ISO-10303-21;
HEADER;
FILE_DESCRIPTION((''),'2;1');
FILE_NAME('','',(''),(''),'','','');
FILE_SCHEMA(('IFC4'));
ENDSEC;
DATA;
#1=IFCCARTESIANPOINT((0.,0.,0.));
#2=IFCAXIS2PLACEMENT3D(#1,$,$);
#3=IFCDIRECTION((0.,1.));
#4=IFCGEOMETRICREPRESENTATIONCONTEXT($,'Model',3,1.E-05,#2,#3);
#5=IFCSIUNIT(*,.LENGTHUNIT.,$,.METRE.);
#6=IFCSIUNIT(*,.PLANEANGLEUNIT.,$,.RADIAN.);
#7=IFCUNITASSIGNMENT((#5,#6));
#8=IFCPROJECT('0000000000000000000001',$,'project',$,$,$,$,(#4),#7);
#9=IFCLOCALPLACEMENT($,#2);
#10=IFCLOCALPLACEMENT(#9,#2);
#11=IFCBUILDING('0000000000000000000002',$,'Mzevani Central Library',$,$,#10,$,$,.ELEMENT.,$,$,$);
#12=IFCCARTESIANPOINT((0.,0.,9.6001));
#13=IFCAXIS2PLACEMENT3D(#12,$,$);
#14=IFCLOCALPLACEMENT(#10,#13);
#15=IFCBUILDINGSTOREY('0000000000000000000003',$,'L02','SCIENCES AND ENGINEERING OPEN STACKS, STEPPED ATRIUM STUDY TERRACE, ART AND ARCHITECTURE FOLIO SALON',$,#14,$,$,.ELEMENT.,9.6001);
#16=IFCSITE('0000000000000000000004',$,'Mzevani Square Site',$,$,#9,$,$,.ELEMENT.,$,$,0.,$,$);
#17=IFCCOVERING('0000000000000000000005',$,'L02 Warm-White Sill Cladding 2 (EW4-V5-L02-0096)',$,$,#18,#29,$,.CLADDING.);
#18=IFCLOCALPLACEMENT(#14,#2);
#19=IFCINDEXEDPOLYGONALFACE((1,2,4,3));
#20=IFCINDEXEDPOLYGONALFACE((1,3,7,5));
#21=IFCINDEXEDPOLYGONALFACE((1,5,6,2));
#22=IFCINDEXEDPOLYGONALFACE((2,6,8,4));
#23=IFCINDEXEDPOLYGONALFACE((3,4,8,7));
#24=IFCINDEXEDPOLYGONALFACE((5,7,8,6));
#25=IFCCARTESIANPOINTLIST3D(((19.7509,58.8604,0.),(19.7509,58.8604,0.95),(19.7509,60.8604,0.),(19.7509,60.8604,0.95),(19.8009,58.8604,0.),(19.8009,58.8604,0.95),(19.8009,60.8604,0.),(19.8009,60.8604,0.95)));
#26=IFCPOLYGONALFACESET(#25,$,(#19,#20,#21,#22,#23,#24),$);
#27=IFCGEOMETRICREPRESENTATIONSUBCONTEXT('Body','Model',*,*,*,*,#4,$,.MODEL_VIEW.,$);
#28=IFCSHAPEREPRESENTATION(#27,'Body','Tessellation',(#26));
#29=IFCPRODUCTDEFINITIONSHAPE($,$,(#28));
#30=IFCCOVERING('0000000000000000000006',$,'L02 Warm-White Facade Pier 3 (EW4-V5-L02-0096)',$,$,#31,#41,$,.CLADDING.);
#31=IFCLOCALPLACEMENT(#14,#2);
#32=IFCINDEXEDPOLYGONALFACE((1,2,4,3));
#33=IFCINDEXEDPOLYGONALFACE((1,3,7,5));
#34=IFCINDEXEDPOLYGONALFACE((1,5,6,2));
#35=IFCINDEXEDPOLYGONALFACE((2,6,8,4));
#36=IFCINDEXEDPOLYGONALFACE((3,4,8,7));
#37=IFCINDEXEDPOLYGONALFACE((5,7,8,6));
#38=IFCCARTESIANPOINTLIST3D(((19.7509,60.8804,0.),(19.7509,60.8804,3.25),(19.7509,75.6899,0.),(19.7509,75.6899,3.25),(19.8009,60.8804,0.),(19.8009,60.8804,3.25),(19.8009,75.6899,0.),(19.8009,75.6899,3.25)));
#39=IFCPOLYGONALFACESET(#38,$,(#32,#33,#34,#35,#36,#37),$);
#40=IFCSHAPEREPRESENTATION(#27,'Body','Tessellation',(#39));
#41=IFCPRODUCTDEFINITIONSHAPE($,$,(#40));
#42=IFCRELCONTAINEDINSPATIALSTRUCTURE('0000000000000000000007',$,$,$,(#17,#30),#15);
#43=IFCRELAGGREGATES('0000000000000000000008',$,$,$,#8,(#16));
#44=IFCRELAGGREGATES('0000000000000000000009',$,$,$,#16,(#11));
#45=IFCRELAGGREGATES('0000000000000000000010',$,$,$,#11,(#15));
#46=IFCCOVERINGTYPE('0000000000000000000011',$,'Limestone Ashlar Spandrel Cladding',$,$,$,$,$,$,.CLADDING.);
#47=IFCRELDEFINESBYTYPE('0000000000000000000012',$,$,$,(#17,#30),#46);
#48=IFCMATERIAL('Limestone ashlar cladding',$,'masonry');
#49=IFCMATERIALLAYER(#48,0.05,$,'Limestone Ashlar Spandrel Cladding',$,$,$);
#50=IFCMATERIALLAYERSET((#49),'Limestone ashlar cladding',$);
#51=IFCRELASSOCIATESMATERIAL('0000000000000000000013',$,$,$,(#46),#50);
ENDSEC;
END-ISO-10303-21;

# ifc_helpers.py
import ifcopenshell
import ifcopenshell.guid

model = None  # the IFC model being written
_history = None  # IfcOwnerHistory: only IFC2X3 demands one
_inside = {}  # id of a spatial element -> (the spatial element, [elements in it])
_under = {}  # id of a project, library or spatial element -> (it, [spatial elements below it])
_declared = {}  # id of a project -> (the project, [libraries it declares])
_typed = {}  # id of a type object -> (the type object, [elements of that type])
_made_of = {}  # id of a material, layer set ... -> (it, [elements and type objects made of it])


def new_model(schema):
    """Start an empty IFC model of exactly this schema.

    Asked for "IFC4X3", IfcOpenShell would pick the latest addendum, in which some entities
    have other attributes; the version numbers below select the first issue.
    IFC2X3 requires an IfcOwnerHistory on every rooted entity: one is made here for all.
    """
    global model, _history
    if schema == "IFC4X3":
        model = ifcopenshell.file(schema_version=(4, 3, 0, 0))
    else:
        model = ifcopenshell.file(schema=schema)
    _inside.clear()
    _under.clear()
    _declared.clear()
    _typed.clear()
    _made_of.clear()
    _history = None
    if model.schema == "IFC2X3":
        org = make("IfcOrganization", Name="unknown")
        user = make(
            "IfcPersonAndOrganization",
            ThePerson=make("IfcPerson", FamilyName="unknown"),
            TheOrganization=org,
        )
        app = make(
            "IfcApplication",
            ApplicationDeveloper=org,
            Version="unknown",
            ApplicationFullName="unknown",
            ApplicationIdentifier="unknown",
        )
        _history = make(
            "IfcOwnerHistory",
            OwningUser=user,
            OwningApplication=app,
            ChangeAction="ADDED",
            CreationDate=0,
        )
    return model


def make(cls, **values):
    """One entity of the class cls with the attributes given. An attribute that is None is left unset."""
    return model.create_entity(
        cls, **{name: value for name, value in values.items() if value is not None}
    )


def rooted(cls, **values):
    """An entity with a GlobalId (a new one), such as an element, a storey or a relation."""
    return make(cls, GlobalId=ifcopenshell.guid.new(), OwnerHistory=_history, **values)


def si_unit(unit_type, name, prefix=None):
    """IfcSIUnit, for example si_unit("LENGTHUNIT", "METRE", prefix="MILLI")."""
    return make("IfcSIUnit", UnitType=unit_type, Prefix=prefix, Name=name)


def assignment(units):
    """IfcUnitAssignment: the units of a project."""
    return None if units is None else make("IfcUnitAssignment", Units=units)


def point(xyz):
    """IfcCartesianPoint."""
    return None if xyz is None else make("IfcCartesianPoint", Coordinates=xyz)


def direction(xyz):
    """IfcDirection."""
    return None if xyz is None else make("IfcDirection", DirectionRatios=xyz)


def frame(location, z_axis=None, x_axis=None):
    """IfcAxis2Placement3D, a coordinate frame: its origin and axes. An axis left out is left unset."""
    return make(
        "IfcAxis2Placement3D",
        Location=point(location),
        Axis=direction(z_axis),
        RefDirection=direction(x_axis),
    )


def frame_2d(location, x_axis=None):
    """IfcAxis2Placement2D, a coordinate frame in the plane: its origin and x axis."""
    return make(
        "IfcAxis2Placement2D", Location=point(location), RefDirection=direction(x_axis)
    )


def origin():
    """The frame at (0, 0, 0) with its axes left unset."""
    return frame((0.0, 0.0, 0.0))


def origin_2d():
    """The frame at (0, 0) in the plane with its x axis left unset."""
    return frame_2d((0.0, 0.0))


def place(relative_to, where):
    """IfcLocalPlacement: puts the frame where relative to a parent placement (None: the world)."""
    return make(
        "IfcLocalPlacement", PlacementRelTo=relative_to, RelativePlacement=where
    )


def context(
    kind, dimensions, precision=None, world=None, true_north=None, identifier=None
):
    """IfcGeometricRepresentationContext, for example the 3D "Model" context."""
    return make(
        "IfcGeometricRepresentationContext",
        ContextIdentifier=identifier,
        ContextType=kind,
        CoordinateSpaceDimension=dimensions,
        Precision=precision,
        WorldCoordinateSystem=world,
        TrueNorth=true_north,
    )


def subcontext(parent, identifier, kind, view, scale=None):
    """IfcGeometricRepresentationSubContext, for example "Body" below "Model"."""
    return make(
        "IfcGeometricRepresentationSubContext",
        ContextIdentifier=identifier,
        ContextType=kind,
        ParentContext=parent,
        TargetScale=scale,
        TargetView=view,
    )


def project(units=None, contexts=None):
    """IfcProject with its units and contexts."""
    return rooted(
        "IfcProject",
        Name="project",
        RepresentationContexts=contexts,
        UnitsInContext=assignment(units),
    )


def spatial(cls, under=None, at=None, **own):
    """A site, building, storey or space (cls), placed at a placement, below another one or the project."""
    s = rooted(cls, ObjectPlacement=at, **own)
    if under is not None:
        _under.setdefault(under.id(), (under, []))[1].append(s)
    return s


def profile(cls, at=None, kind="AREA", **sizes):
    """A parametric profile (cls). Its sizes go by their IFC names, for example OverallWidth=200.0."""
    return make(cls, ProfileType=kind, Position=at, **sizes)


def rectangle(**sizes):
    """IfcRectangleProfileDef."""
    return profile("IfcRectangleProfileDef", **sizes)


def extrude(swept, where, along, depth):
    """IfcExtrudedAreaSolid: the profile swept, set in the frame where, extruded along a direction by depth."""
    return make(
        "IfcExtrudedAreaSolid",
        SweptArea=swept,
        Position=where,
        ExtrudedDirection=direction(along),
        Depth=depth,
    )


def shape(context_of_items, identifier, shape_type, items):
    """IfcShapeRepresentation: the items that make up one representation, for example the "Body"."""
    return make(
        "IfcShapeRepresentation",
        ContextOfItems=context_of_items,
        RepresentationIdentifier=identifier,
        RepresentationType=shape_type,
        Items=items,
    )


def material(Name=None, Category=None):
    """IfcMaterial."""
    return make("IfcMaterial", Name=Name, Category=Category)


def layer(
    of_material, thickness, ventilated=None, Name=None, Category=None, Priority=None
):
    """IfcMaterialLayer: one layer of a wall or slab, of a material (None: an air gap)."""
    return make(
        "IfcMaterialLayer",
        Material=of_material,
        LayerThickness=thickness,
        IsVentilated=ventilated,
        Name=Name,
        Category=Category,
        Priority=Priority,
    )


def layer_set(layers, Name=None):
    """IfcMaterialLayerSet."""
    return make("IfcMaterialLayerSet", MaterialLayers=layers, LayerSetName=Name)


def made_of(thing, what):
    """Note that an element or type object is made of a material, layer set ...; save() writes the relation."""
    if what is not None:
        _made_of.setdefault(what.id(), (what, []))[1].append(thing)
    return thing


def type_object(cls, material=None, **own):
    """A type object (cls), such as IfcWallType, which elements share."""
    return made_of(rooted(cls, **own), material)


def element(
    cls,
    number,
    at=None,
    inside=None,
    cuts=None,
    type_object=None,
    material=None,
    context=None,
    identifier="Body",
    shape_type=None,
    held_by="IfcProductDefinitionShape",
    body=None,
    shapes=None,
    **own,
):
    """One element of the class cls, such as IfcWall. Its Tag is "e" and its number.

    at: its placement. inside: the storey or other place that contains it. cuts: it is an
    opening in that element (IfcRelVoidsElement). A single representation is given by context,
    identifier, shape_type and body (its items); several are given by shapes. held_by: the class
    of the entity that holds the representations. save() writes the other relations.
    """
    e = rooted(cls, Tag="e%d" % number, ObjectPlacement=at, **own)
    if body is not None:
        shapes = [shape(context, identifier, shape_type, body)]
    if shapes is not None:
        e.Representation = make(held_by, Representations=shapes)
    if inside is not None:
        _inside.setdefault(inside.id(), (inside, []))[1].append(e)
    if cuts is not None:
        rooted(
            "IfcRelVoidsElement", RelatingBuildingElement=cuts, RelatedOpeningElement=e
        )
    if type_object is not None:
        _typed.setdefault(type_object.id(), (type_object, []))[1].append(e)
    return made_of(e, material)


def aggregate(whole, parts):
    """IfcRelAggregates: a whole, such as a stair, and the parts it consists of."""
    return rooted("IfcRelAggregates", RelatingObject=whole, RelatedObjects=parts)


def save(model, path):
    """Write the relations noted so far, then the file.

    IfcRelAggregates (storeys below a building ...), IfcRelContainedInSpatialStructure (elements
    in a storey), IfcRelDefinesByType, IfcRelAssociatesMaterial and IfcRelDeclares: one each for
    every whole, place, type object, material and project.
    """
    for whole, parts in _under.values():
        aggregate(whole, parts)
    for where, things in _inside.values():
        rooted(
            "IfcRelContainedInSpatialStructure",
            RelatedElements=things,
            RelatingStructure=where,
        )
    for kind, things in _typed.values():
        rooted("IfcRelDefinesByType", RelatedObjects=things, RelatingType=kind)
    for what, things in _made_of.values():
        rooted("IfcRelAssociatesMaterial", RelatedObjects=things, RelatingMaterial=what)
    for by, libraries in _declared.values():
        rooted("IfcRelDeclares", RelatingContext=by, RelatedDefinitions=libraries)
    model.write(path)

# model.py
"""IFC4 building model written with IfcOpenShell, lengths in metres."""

from ifc_helpers import new_model, si_unit, direction, frame, origin, origin_2d, place, context, subcontext, project, spatial, rectangle, extrude, material, layer, layer_set, type_object, element, save


model = new_model("IFC4")

# Units and contexts
model_context = context("Model", 3, precision=1e-05, world=origin(), true_north=direction((0.0, 1.0)))
body_context = subcontext(model_context, "Body", "Model", "MODEL_VIEW")
ifc_project = project(units=[si_unit("LENGTHUNIT", "METRE"), si_unit("PLANEANGLEUNIT", "RADIAN")], contexts=[model_context])

# Site, building, storey
site_placement = place(None, origin())
site = spatial("IfcSite", under=ifc_project, at=site_placement, Name="Mzevani Square Site", CompositionType="ELEMENT", RefElevation=0.0)
building_placement = place(site_placement, origin())
building = spatial("IfcBuilding", under=site, at=building_placement, Name="Mzevani Central Library", CompositionType="ELEMENT")
storey_placement = place(building_placement, frame((0.0, 0.0, 9.6001)))
storey = spatial("IfcBuildingStorey", under=building, at=storey_placement, Name="L02", Description="SCIENCES AND ENGINEERING OPEN STACKS, STEPPED ATRIUM STUDY TERRACE, ART AND ARCHITECTURE FOLIO SALON", CompositionType="ELEMENT", Elevation=9.6001)

# Coverings
ifc_material_1 = material(Name="Limestone ashlar cladding", Category="masonry")
ifc_layer_1 = layer(ifc_material_1, 0.05, Name="Limestone Ashlar Spandrel Cladding")
ifc_layer_set_1 = layer_set([ifc_layer_1], Name="Limestone ashlar cladding")
covering_type = type_object("IfcCoveringType", Name="Limestone Ashlar Spandrel Cladding", PredefinedType="CLADDING", material=ifc_layer_set_1)
covering_1_placement = place(storey_placement, frame((19.7759, 59.8604, 0.0), z_axis=(0.0, 0.0, 1.0), x_axis=(0.0, 1.0, 0.0)))
element("IfcCovering", 1, at=covering_1_placement, inside=storey, type_object=covering_type, Name="L02 Warm-White Sill Cladding 2 (EW4-V5-L02-0096)", PredefinedType="CLADDING", context=body_context, shape_type="SweptSolid", body=[
    extrude(rectangle(XDim=2.0, YDim=0.05, at=origin_2d()), origin(), (0.0, 0.0, 1.0), 0.95),
])
covering_2_placement = place(storey_placement, frame((19.7759, 68.2852, 0.0), z_axis=(0.0, 0.0, 1.0), x_axis=(0.0, 1.0, 0.0)))
element("IfcCovering", 2, at=covering_2_placement, inside=storey, type_object=covering_type, Name="L02 Warm-White Facade Pier 3 (EW4-V5-L02-0096)", PredefinedType="CLADDING", context=body_context, shape_type="SweptSolid", body=[
    extrude(rectangle(XDim=14.8096, YDim=0.05, at=origin_2d()), origin(), (0.0, 0.0, 1.0), 3.25),
])

save(model, "model.ifc")
